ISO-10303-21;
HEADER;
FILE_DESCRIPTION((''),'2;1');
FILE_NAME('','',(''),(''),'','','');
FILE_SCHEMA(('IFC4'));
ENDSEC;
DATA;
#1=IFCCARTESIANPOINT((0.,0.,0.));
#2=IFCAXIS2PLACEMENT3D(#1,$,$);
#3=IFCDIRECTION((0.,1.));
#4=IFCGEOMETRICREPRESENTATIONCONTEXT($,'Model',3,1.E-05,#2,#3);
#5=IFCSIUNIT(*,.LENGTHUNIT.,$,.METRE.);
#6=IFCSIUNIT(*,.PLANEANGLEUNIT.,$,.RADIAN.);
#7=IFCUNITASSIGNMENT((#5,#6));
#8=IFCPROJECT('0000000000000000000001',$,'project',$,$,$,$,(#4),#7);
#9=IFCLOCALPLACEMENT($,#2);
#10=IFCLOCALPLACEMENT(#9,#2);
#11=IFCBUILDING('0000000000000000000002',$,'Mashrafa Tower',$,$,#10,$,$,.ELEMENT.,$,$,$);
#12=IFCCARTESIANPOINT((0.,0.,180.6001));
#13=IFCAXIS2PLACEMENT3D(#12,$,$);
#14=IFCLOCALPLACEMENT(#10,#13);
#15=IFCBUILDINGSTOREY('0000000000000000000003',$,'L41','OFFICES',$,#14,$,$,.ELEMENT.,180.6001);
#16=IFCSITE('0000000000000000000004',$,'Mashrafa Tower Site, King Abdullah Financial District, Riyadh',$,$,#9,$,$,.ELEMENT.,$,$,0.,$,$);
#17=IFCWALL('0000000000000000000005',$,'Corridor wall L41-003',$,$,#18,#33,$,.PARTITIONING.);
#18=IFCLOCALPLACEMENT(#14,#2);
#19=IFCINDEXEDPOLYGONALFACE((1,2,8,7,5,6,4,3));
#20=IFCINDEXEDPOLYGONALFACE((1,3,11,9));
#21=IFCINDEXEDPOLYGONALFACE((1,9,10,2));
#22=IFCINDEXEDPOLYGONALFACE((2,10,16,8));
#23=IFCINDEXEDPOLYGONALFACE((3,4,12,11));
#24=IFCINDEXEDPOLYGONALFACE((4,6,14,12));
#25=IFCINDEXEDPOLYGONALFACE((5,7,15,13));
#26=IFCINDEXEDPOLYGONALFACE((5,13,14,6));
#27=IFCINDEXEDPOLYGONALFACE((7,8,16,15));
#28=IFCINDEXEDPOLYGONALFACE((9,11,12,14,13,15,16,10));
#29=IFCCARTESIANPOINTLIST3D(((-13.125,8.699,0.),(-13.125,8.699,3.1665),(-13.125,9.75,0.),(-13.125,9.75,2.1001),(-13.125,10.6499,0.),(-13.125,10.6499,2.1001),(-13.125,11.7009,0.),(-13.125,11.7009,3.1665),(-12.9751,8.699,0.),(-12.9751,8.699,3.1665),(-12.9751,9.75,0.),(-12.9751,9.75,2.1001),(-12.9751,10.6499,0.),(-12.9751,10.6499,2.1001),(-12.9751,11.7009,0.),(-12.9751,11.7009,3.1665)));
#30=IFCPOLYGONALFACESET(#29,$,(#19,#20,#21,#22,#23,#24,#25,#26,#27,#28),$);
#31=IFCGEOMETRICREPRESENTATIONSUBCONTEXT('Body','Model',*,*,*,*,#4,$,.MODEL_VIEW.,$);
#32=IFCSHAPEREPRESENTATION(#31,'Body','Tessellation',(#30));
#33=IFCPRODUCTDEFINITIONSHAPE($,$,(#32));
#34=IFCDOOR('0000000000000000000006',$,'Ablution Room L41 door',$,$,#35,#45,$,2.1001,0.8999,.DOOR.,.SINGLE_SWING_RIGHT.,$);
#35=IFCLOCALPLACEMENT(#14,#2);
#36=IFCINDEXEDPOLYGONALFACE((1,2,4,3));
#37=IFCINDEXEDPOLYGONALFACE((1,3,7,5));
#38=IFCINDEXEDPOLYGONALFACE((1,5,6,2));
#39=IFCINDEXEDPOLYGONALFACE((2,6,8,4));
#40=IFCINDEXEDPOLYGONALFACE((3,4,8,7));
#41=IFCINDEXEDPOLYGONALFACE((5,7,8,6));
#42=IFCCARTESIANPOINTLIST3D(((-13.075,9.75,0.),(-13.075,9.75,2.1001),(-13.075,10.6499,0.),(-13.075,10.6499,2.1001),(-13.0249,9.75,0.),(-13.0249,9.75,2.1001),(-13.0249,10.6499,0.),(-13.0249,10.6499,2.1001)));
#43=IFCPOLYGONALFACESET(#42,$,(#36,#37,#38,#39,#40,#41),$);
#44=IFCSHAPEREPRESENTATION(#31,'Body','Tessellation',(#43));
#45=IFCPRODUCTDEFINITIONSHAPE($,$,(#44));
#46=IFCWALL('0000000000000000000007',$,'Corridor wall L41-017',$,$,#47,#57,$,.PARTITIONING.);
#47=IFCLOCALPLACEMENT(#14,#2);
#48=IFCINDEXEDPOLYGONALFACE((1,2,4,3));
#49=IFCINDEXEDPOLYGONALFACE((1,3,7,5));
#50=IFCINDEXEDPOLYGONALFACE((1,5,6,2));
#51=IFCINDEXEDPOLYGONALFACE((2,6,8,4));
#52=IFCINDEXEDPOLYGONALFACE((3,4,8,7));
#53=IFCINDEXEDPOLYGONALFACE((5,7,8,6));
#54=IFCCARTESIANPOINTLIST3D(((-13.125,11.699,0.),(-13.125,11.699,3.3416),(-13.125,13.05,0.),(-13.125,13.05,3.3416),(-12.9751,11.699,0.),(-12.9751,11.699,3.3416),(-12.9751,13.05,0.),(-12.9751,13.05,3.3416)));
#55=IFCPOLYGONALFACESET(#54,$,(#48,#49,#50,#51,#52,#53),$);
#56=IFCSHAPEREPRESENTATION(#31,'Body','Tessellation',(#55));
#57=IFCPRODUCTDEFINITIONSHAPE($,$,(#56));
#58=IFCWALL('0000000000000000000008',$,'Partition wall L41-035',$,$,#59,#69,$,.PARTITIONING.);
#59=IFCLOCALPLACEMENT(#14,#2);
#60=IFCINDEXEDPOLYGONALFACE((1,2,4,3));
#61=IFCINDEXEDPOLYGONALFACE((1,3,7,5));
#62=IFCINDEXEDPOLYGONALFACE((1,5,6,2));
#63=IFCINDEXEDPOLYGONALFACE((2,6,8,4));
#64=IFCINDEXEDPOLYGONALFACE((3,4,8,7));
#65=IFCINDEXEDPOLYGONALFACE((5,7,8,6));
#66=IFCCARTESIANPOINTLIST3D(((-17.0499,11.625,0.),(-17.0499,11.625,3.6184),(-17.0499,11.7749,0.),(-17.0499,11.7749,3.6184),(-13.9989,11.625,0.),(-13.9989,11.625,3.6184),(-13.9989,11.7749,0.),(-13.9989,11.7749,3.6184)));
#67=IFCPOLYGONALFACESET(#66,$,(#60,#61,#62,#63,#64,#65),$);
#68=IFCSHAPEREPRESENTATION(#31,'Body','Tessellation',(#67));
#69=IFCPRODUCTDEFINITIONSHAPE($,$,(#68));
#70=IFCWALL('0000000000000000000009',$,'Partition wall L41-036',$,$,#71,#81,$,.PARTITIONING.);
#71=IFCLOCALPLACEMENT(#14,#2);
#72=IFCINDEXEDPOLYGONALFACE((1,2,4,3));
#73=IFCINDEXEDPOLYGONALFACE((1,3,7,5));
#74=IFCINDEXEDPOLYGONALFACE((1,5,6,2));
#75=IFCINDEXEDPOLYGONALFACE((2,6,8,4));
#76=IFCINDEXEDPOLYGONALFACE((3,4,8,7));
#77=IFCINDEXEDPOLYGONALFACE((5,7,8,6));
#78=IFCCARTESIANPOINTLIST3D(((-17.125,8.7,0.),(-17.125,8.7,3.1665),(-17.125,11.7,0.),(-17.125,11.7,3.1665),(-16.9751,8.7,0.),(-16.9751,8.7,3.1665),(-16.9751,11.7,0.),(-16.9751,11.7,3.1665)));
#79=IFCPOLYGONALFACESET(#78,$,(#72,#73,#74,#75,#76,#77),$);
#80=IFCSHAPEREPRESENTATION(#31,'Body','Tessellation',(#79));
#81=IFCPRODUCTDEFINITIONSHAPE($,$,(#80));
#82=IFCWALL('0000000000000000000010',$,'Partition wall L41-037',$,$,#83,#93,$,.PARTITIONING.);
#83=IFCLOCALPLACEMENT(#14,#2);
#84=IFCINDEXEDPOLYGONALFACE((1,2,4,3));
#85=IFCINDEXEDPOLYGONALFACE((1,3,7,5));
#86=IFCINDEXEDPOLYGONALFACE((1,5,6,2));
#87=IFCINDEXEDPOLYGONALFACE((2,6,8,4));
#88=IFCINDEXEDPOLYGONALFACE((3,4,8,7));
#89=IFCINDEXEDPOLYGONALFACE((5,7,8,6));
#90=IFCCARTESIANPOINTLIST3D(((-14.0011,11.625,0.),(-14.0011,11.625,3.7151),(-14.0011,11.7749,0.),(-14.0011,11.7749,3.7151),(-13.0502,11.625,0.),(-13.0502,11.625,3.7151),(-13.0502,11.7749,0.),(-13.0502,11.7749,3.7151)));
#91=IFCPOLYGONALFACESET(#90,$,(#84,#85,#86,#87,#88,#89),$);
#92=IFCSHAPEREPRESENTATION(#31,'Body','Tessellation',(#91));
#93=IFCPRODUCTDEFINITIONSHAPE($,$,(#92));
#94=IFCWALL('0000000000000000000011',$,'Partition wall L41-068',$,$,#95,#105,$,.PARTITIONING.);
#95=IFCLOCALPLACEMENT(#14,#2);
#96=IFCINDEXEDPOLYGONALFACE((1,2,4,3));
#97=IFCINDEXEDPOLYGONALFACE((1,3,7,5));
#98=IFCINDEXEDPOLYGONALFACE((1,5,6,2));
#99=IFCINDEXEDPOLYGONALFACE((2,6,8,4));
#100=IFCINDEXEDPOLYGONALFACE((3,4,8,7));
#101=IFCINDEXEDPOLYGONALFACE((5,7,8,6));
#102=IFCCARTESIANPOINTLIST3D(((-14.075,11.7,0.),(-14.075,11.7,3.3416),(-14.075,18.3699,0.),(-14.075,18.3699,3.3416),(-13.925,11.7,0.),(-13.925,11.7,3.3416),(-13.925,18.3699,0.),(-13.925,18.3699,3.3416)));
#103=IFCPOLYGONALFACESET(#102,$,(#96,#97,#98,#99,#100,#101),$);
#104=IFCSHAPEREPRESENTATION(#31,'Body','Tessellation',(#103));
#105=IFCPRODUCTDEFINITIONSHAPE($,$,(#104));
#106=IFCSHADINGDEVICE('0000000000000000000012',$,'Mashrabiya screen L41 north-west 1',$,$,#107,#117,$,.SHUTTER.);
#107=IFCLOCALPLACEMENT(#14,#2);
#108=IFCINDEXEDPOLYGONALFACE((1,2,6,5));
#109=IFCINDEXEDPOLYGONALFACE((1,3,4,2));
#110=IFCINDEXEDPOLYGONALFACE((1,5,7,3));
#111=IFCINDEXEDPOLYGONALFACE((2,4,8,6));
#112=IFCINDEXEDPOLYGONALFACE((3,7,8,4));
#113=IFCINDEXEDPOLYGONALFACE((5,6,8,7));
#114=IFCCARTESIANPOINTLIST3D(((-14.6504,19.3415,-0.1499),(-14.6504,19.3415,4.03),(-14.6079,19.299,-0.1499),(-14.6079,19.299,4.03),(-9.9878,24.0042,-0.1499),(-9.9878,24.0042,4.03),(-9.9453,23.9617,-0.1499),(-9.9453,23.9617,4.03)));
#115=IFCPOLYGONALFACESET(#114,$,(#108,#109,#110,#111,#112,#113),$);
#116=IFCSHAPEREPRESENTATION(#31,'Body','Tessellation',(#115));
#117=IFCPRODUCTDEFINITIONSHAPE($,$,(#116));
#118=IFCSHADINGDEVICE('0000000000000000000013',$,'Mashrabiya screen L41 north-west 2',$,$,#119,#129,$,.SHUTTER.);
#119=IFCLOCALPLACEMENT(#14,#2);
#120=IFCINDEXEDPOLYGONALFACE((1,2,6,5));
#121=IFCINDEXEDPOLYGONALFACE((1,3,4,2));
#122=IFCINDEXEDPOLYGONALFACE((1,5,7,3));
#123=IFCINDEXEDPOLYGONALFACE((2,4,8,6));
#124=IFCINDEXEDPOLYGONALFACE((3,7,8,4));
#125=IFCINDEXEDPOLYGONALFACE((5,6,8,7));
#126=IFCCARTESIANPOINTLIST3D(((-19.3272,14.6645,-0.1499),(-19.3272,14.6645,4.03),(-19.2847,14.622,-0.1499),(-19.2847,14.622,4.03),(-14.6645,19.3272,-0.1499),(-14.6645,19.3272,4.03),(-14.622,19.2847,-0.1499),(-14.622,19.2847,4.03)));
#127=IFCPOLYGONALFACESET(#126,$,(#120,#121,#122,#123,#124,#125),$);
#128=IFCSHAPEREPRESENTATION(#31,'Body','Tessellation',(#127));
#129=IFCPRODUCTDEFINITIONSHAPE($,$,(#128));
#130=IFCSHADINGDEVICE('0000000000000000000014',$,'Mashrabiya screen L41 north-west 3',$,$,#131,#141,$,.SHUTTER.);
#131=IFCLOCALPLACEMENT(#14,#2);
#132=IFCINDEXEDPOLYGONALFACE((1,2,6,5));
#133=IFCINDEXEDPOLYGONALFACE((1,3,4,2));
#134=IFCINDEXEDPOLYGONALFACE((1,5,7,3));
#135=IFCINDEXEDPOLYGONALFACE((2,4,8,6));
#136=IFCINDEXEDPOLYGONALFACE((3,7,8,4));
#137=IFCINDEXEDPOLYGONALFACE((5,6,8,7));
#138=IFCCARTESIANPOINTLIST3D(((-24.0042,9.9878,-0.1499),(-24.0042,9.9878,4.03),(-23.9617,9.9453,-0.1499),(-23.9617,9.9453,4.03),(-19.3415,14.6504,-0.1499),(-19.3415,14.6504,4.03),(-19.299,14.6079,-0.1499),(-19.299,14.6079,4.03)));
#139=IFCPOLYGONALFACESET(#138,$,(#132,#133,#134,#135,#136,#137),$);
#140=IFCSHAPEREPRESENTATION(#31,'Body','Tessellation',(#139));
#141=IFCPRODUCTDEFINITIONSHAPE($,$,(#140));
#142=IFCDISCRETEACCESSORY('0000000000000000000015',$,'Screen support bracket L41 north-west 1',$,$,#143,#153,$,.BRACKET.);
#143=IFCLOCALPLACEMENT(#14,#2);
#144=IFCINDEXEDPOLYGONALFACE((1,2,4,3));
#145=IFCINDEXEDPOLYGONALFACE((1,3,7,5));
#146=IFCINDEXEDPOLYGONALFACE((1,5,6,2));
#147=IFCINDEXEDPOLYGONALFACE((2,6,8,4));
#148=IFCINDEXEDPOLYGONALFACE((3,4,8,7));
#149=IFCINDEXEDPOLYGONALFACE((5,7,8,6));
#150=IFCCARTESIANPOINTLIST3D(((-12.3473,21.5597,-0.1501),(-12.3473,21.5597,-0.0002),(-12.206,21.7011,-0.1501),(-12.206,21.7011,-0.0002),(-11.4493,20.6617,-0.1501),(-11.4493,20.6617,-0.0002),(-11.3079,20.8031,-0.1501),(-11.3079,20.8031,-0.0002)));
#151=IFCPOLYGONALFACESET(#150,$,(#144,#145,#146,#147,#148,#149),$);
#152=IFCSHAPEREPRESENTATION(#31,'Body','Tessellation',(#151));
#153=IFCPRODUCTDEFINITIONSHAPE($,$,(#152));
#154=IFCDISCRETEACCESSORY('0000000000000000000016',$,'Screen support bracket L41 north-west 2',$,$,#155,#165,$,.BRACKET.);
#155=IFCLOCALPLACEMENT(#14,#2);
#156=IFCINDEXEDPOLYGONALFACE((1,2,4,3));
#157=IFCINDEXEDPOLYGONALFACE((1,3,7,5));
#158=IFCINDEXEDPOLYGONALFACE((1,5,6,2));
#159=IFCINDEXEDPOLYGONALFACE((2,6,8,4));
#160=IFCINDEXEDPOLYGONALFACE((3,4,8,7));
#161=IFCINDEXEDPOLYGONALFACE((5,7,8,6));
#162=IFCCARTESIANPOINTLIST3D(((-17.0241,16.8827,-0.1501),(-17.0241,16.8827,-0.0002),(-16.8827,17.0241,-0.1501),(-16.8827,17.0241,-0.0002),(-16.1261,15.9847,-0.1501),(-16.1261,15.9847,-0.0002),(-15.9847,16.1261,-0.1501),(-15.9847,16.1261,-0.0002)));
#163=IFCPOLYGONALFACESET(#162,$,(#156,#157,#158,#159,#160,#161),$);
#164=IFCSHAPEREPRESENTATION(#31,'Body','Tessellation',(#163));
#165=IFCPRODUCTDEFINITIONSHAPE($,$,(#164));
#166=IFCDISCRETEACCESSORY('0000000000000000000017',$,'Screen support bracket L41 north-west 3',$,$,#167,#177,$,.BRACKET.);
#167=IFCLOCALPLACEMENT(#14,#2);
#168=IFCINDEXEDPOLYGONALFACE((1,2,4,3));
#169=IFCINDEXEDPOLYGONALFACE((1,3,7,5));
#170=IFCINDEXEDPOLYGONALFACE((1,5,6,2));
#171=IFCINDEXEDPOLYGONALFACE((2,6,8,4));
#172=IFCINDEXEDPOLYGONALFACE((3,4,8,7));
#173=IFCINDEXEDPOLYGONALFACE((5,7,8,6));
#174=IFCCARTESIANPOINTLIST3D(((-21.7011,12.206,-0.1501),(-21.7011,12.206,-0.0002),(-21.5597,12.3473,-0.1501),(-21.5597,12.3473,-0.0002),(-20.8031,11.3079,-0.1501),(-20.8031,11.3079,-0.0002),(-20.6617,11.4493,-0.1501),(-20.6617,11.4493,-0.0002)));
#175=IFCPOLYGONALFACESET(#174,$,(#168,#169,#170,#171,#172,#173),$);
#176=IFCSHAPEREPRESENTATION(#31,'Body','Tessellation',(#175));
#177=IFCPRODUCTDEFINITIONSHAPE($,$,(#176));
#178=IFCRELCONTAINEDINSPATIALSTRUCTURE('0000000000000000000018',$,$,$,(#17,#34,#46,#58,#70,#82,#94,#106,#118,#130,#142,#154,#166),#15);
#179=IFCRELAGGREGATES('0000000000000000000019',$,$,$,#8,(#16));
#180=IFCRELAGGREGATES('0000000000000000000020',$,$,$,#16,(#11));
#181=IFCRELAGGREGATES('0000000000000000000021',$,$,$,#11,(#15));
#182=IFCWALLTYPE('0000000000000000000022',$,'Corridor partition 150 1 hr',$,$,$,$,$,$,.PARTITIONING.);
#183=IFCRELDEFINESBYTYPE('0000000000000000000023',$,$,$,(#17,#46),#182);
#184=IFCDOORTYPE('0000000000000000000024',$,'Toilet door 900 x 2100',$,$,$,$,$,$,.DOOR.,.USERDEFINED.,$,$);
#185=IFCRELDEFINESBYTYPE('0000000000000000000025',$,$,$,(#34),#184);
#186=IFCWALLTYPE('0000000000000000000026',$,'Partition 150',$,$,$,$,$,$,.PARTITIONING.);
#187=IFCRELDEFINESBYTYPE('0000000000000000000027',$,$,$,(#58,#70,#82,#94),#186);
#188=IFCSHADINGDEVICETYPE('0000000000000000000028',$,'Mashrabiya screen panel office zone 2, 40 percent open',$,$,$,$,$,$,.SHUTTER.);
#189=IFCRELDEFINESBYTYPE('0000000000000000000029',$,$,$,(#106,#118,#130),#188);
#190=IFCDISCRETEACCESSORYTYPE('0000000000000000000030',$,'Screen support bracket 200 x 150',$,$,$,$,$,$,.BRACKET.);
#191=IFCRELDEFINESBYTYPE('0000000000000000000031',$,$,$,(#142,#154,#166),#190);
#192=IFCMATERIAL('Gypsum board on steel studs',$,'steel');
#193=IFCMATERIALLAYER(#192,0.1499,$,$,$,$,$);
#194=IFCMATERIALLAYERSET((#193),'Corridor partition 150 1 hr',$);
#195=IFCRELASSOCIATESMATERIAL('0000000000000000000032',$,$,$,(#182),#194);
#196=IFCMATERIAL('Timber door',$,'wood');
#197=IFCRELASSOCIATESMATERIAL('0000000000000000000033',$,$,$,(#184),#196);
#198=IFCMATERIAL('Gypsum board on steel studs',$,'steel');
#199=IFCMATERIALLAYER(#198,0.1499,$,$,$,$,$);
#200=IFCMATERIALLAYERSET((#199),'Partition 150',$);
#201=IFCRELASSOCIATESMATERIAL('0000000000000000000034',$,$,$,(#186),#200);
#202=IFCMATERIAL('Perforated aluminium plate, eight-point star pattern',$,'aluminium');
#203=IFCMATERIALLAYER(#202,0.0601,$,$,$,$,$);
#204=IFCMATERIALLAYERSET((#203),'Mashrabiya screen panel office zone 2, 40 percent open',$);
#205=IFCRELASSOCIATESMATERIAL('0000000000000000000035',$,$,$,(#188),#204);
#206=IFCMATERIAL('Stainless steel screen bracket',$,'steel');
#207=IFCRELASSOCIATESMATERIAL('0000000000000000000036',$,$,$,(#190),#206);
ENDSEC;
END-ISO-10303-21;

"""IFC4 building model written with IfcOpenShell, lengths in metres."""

from ifc_helpers import new_model, si_unit, direction, frame, frame_2d, origin, origin_2d, place, context, subcontext, project, spatial, rectangle, extrude, source, transform, mapped, material, layer, layer_set, type_object, type_shapes, element, fill, save


model = new_model("IFC4")

# Units and contexts
model_context = context("Model", 3, precision=1e-05, world=origin(), true_north=direction((0.0, 1.0)))
body_context = subcontext(model_context, "Body", "Model", "MODEL_VIEW")
ifc_project = project(units=[si_unit("LENGTHUNIT", "METRE"), si_unit("PLANEANGLEUNIT", "RADIAN")], contexts=[model_context])

# Site, building, storey
site_placement = place(None, origin())
site = spatial("IfcSite", under=ifc_project, at=site_placement, Name="Mashrafa Tower Site, King Abdullah Financial District, Riyadh", CompositionType="ELEMENT", RefElevation=0.0)
building_placement = place(site_placement, origin())
building = spatial("IfcBuilding", under=site, at=building_placement, Name="Mashrafa Tower", CompositionType="ELEMENT")
storey_placement = place(building_placement, frame((0.0, 0.0, 180.6001)))
storey = spatial("IfcBuildingStorey", under=building, at=storey_placement, Name="L41", Description="OFFICES", CompositionType="ELEMENT", Elevation=180.6001)

# Wall, opening, door
ifc_material_1 = material(Name="Gypsum board on steel studs", Category="steel")
ifc_layer_1 = layer(ifc_material_1, 0.1499)
ifc_layer_set_1 = layer_set([ifc_layer_1], Name="Corridor partition 150 1 hr")
wall_type_1 = type_object("IfcWallType", Name="Corridor partition 150 1 hr", PredefinedType="PARTITIONING", material=ifc_layer_set_1)
wall_1_placement = place(storey_placement, frame((-13.05, 11.7009, 0.0), z_axis=(0.0, 0.0, 1.0), x_axis=(0.0, -1.0, 0.0)))
wall_1 = element("IfcWall", 1, at=wall_1_placement, inside=storey, type_object=wall_type_1, Name="Corridor wall L41-003", PredefinedType="PARTITIONING", context=body_context, shape_type="SweptSolid", body=[
    extrude(rectangle(XDim=3.002, YDim=0.1499, at=frame_2d((1.501, 0.0))), origin(), (0.0, 0.0, 1.0), 3.1665),
])
opening_placement = place(wall_1_placement, frame((1.051, 0.0, 0.0)))
opening = element("IfcOpeningElement", 2, at=opening_placement, cuts=wall_1, PredefinedType="OPENING", context=body_context, shape_type="SweptSolid", body=[
    extrude(rectangle(XDim=0.8999, YDim=2.1001, at=frame_2d((0.45, 1.05))), frame((0.0, 0.085, 0.0), z_axis=(0.0, -1.0, 0.0), x_axis=(1.0, 0.0, 0.0)), (0.0, 0.0, 1.0), 0.1699),
])
ifc_material_2 = material(Name="Timber door", Category="wood")
door_type = type_object("IfcDoorType", Name="Toilet door 900 x 2100", OperationType="USERDEFINED", PredefinedType="DOOR", material=ifc_material_2)
door_placement = place(opening_placement, frame((0.8999, 0.0, 0.0), z_axis=(0.0, 0.0, 1.0), x_axis=(-1.0, 0.0, 0.0)))
door = element("IfcDoor", 3, at=door_placement, inside=storey, type_object=door_type, Name="Ablution Room L41 door", OperationType="SINGLE_SWING_RIGHT", OverallHeight=2.1001, OverallWidth=0.8999, PredefinedType="DOOR", context=body_context, shape_type="SweptSolid", body=[
    extrude(rectangle(XDim=0.8999, YDim=2.1001, at=frame_2d((0.45, 1.05))), frame((0.0, 0.0249, 0.0), z_axis=(0.0, -1.0, 0.0), x_axis=(1.0, 0.0, 0.0)), (0.0, 0.0, 1.0), 0.05),
])
fill(opening, door)

# Walls
wall_2_placement = place(storey_placement, frame((-13.05, 13.05, 0.0), z_axis=(0.0, 0.0, 1.0), x_axis=(0.0, -1.0, 0.0)))
element("IfcWall", 4, at=wall_2_placement, inside=storey, type_object=wall_type_1, Name="Corridor wall L41-017", PredefinedType="PARTITIONING", context=body_context, shape_type="SweptSolid", body=[
    extrude(rectangle(XDim=1.3511, YDim=0.1499, at=frame_2d((0.6755, 0.0))), origin(), (0.0, 0.0, 1.0), 3.3416),
])
ifc_material_3 = material(Name="Gypsum board on steel studs", Category="steel")
ifc_layer_2 = layer(ifc_material_3, 0.1499)
ifc_layer_set_2 = layer_set([ifc_layer_2], Name="Partition 150")
wall_type_2 = type_object("IfcWallType", Name="Partition 150", PredefinedType="PARTITIONING", material=ifc_layer_set_2)
wall_3_placement = place(storey_placement, frame((-13.999, 11.7, 0.0), z_axis=(0.0, 0.0, 1.0), x_axis=(-1.0, 0.0, 0.0)))
element("IfcWall", 5, at=wall_3_placement, inside=storey, type_object=wall_type_2, Name="Partition wall L41-035", PredefinedType="PARTITIONING", context=body_context, shape_type="SweptSolid", body=[
    extrude(rectangle(XDim=3.051, YDim=0.1499, at=frame_2d((1.5254, 0.0))), origin(), (0.0, 0.0, 1.0), 3.6184),
])
wall_4_placement = place(storey_placement, frame((-17.05, 11.7, 0.0), z_axis=(0.0, 0.0, 1.0), x_axis=(0.0, -1.0, 0.0)))
element("IfcWall", 6, at=wall_4_placement, inside=storey, type_object=wall_type_2, Name="Partition wall L41-036", PredefinedType="PARTITIONING", context=body_context, shape_type="SweptSolid", body=[
    extrude(rectangle(XDim=3.0, YDim=0.1499, at=frame_2d((1.5, 0.0))), origin(), (0.0, 0.0, 1.0), 3.1665),
])
wall_5_placement = place(storey_placement, frame((-13.05, 11.7, 0.0), z_axis=(0.0, 0.0, 1.0), x_axis=(-1.0, 0.0, 0.0)))
element("IfcWall", 7, at=wall_5_placement, inside=storey, type_object=wall_type_2, Name="Partition wall L41-037", PredefinedType="PARTITIONING", context=body_context, shape_type="SweptSolid", body=[
    extrude(rectangle(XDim=0.9509, YDim=0.1499, at=frame_2d((0.4756, 0.0))), origin(), (0.0, 0.0, 1.0), 3.7151),
])
wall_6_placement = place(storey_placement, frame((-14.0, 11.7, 0.0), z_axis=(0.0, 0.0, 1.0), x_axis=(0.0, 1.0, 0.0)))
element("IfcWall", 8, at=wall_6_placement, inside=storey, type_object=wall_type_2, Name="Partition wall L41-068", PredefinedType="PARTITIONING", context=body_context, shape_type="SweptSolid", body=[
    extrude(rectangle(XDim=6.6699, YDim=0.1499, at=frame_2d((3.335, 0.0))), origin(), (0.0, 0.0, 1.0), 3.3416),
])

# Shading devices
ifc_material_4 = material(Name="Perforated aluminium plate, eight-point star pattern", Category="aluminium")
ifc_layer_3 = layer(ifc_material_4, 0.0601)
ifc_layer_set_3 = layer_set([ifc_layer_3], Name="Mashrabiya screen panel office zone 2, 40 percent open")
shading_device_type = type_object("IfcShadingDeviceType", Name="Mashrabiya screen panel office zone 2, 40 percent open", PredefinedType="SHUTTER", material=ifc_layer_set_3)
shared_shape_1 = source(origin(), body_context, "Body", "SweptSolid", [
    extrude(rectangle(XDim=6.594, YDim=0.0601, at=origin_2d()), origin(), (0.0, 0.0, 1.0), 4.1799),
])
type_shapes(shading_device_type, [shared_shape_1])
for number, where, z_axis, x_axis, name in (
    (9, (-12.2979, 21.6516, -0.1499), (0.0, 0.0, 1.0), (-0.707107, -0.707107, 0.0), "Mashrabiya screen L41 north-west 1"),
    (10, (-16.9746, 16.9746, -0.1499), (0.0, 0.0, 1.0), (-0.707107, -0.707107, 0.0), "Mashrabiya screen L41 north-west 2"),
    (11, (-21.6516, 12.2979, -0.1499), (0.0, 0.0, 1.0), (-0.707107, -0.707107, 0.0), "Mashrabiya screen L41 north-west 3"),
):
    element("IfcShadingDevice", number, at=place(storey_placement, frame(where, z_axis=z_axis, x_axis=x_axis)), inside=storey, type_object=shading_device_type, Name=name, PredefinedType="SHUTTER", context=body_context, shape_type="MappedRepresentation", body=[
        mapped(shared_shape_1, transform((0.0, 0.0, 0.0))),
    ])

# Discrete accessories
ifc_material_5 = material(Name="Stainless steel screen bracket", Category="steel")
discrete_accessory_type = type_object("IfcDiscreteAccessoryType", Name="Screen support bracket 200 x 150", PredefinedType="BRACKET", material=ifc_material_5)
shared_shape_2 = source(origin(), body_context, "Body", "SweptSolid", [
    extrude(rectangle(XDim=0.2, YDim=1.27, at=origin_2d()), origin(), (0.0, 0.0, 1.0), 0.1499),
])
type_shapes(discrete_accessory_type, [shared_shape_2])
for number, where, z_axis, x_axis, name in (
    (12, (-11.8276, 21.1814, -0.1501), (0.0, 0.0, 1.0), (-0.707107, -0.707107, 0.0), "Screen support bracket L41 north-west 1"),
    (13, (-16.5044, 16.5044, -0.1501), (0.0, 0.0, 1.0), (-0.707107, -0.707107, 0.0), "Screen support bracket L41 north-west 2"),
    (14, (-21.1814, 11.8276, -0.1501), (0.0, 0.0, 1.0), (-0.707107, -0.707107, 0.0), "Screen support bracket L41 north-west 3"),
):
    element("IfcDiscreteAccessory", number, at=place(storey_placement, frame(where, z_axis=z_axis, x_axis=x_axis)), inside=storey, type_object=discrete_accessory_type, Name=name, PredefinedType="BRACKET", context=body_context, shape_type="MappedRepresentation", body=[
        mapped(shared_shape_2, transform((0.0, 0.0, 0.0))),
    ])

save(model, "model.ifc")
